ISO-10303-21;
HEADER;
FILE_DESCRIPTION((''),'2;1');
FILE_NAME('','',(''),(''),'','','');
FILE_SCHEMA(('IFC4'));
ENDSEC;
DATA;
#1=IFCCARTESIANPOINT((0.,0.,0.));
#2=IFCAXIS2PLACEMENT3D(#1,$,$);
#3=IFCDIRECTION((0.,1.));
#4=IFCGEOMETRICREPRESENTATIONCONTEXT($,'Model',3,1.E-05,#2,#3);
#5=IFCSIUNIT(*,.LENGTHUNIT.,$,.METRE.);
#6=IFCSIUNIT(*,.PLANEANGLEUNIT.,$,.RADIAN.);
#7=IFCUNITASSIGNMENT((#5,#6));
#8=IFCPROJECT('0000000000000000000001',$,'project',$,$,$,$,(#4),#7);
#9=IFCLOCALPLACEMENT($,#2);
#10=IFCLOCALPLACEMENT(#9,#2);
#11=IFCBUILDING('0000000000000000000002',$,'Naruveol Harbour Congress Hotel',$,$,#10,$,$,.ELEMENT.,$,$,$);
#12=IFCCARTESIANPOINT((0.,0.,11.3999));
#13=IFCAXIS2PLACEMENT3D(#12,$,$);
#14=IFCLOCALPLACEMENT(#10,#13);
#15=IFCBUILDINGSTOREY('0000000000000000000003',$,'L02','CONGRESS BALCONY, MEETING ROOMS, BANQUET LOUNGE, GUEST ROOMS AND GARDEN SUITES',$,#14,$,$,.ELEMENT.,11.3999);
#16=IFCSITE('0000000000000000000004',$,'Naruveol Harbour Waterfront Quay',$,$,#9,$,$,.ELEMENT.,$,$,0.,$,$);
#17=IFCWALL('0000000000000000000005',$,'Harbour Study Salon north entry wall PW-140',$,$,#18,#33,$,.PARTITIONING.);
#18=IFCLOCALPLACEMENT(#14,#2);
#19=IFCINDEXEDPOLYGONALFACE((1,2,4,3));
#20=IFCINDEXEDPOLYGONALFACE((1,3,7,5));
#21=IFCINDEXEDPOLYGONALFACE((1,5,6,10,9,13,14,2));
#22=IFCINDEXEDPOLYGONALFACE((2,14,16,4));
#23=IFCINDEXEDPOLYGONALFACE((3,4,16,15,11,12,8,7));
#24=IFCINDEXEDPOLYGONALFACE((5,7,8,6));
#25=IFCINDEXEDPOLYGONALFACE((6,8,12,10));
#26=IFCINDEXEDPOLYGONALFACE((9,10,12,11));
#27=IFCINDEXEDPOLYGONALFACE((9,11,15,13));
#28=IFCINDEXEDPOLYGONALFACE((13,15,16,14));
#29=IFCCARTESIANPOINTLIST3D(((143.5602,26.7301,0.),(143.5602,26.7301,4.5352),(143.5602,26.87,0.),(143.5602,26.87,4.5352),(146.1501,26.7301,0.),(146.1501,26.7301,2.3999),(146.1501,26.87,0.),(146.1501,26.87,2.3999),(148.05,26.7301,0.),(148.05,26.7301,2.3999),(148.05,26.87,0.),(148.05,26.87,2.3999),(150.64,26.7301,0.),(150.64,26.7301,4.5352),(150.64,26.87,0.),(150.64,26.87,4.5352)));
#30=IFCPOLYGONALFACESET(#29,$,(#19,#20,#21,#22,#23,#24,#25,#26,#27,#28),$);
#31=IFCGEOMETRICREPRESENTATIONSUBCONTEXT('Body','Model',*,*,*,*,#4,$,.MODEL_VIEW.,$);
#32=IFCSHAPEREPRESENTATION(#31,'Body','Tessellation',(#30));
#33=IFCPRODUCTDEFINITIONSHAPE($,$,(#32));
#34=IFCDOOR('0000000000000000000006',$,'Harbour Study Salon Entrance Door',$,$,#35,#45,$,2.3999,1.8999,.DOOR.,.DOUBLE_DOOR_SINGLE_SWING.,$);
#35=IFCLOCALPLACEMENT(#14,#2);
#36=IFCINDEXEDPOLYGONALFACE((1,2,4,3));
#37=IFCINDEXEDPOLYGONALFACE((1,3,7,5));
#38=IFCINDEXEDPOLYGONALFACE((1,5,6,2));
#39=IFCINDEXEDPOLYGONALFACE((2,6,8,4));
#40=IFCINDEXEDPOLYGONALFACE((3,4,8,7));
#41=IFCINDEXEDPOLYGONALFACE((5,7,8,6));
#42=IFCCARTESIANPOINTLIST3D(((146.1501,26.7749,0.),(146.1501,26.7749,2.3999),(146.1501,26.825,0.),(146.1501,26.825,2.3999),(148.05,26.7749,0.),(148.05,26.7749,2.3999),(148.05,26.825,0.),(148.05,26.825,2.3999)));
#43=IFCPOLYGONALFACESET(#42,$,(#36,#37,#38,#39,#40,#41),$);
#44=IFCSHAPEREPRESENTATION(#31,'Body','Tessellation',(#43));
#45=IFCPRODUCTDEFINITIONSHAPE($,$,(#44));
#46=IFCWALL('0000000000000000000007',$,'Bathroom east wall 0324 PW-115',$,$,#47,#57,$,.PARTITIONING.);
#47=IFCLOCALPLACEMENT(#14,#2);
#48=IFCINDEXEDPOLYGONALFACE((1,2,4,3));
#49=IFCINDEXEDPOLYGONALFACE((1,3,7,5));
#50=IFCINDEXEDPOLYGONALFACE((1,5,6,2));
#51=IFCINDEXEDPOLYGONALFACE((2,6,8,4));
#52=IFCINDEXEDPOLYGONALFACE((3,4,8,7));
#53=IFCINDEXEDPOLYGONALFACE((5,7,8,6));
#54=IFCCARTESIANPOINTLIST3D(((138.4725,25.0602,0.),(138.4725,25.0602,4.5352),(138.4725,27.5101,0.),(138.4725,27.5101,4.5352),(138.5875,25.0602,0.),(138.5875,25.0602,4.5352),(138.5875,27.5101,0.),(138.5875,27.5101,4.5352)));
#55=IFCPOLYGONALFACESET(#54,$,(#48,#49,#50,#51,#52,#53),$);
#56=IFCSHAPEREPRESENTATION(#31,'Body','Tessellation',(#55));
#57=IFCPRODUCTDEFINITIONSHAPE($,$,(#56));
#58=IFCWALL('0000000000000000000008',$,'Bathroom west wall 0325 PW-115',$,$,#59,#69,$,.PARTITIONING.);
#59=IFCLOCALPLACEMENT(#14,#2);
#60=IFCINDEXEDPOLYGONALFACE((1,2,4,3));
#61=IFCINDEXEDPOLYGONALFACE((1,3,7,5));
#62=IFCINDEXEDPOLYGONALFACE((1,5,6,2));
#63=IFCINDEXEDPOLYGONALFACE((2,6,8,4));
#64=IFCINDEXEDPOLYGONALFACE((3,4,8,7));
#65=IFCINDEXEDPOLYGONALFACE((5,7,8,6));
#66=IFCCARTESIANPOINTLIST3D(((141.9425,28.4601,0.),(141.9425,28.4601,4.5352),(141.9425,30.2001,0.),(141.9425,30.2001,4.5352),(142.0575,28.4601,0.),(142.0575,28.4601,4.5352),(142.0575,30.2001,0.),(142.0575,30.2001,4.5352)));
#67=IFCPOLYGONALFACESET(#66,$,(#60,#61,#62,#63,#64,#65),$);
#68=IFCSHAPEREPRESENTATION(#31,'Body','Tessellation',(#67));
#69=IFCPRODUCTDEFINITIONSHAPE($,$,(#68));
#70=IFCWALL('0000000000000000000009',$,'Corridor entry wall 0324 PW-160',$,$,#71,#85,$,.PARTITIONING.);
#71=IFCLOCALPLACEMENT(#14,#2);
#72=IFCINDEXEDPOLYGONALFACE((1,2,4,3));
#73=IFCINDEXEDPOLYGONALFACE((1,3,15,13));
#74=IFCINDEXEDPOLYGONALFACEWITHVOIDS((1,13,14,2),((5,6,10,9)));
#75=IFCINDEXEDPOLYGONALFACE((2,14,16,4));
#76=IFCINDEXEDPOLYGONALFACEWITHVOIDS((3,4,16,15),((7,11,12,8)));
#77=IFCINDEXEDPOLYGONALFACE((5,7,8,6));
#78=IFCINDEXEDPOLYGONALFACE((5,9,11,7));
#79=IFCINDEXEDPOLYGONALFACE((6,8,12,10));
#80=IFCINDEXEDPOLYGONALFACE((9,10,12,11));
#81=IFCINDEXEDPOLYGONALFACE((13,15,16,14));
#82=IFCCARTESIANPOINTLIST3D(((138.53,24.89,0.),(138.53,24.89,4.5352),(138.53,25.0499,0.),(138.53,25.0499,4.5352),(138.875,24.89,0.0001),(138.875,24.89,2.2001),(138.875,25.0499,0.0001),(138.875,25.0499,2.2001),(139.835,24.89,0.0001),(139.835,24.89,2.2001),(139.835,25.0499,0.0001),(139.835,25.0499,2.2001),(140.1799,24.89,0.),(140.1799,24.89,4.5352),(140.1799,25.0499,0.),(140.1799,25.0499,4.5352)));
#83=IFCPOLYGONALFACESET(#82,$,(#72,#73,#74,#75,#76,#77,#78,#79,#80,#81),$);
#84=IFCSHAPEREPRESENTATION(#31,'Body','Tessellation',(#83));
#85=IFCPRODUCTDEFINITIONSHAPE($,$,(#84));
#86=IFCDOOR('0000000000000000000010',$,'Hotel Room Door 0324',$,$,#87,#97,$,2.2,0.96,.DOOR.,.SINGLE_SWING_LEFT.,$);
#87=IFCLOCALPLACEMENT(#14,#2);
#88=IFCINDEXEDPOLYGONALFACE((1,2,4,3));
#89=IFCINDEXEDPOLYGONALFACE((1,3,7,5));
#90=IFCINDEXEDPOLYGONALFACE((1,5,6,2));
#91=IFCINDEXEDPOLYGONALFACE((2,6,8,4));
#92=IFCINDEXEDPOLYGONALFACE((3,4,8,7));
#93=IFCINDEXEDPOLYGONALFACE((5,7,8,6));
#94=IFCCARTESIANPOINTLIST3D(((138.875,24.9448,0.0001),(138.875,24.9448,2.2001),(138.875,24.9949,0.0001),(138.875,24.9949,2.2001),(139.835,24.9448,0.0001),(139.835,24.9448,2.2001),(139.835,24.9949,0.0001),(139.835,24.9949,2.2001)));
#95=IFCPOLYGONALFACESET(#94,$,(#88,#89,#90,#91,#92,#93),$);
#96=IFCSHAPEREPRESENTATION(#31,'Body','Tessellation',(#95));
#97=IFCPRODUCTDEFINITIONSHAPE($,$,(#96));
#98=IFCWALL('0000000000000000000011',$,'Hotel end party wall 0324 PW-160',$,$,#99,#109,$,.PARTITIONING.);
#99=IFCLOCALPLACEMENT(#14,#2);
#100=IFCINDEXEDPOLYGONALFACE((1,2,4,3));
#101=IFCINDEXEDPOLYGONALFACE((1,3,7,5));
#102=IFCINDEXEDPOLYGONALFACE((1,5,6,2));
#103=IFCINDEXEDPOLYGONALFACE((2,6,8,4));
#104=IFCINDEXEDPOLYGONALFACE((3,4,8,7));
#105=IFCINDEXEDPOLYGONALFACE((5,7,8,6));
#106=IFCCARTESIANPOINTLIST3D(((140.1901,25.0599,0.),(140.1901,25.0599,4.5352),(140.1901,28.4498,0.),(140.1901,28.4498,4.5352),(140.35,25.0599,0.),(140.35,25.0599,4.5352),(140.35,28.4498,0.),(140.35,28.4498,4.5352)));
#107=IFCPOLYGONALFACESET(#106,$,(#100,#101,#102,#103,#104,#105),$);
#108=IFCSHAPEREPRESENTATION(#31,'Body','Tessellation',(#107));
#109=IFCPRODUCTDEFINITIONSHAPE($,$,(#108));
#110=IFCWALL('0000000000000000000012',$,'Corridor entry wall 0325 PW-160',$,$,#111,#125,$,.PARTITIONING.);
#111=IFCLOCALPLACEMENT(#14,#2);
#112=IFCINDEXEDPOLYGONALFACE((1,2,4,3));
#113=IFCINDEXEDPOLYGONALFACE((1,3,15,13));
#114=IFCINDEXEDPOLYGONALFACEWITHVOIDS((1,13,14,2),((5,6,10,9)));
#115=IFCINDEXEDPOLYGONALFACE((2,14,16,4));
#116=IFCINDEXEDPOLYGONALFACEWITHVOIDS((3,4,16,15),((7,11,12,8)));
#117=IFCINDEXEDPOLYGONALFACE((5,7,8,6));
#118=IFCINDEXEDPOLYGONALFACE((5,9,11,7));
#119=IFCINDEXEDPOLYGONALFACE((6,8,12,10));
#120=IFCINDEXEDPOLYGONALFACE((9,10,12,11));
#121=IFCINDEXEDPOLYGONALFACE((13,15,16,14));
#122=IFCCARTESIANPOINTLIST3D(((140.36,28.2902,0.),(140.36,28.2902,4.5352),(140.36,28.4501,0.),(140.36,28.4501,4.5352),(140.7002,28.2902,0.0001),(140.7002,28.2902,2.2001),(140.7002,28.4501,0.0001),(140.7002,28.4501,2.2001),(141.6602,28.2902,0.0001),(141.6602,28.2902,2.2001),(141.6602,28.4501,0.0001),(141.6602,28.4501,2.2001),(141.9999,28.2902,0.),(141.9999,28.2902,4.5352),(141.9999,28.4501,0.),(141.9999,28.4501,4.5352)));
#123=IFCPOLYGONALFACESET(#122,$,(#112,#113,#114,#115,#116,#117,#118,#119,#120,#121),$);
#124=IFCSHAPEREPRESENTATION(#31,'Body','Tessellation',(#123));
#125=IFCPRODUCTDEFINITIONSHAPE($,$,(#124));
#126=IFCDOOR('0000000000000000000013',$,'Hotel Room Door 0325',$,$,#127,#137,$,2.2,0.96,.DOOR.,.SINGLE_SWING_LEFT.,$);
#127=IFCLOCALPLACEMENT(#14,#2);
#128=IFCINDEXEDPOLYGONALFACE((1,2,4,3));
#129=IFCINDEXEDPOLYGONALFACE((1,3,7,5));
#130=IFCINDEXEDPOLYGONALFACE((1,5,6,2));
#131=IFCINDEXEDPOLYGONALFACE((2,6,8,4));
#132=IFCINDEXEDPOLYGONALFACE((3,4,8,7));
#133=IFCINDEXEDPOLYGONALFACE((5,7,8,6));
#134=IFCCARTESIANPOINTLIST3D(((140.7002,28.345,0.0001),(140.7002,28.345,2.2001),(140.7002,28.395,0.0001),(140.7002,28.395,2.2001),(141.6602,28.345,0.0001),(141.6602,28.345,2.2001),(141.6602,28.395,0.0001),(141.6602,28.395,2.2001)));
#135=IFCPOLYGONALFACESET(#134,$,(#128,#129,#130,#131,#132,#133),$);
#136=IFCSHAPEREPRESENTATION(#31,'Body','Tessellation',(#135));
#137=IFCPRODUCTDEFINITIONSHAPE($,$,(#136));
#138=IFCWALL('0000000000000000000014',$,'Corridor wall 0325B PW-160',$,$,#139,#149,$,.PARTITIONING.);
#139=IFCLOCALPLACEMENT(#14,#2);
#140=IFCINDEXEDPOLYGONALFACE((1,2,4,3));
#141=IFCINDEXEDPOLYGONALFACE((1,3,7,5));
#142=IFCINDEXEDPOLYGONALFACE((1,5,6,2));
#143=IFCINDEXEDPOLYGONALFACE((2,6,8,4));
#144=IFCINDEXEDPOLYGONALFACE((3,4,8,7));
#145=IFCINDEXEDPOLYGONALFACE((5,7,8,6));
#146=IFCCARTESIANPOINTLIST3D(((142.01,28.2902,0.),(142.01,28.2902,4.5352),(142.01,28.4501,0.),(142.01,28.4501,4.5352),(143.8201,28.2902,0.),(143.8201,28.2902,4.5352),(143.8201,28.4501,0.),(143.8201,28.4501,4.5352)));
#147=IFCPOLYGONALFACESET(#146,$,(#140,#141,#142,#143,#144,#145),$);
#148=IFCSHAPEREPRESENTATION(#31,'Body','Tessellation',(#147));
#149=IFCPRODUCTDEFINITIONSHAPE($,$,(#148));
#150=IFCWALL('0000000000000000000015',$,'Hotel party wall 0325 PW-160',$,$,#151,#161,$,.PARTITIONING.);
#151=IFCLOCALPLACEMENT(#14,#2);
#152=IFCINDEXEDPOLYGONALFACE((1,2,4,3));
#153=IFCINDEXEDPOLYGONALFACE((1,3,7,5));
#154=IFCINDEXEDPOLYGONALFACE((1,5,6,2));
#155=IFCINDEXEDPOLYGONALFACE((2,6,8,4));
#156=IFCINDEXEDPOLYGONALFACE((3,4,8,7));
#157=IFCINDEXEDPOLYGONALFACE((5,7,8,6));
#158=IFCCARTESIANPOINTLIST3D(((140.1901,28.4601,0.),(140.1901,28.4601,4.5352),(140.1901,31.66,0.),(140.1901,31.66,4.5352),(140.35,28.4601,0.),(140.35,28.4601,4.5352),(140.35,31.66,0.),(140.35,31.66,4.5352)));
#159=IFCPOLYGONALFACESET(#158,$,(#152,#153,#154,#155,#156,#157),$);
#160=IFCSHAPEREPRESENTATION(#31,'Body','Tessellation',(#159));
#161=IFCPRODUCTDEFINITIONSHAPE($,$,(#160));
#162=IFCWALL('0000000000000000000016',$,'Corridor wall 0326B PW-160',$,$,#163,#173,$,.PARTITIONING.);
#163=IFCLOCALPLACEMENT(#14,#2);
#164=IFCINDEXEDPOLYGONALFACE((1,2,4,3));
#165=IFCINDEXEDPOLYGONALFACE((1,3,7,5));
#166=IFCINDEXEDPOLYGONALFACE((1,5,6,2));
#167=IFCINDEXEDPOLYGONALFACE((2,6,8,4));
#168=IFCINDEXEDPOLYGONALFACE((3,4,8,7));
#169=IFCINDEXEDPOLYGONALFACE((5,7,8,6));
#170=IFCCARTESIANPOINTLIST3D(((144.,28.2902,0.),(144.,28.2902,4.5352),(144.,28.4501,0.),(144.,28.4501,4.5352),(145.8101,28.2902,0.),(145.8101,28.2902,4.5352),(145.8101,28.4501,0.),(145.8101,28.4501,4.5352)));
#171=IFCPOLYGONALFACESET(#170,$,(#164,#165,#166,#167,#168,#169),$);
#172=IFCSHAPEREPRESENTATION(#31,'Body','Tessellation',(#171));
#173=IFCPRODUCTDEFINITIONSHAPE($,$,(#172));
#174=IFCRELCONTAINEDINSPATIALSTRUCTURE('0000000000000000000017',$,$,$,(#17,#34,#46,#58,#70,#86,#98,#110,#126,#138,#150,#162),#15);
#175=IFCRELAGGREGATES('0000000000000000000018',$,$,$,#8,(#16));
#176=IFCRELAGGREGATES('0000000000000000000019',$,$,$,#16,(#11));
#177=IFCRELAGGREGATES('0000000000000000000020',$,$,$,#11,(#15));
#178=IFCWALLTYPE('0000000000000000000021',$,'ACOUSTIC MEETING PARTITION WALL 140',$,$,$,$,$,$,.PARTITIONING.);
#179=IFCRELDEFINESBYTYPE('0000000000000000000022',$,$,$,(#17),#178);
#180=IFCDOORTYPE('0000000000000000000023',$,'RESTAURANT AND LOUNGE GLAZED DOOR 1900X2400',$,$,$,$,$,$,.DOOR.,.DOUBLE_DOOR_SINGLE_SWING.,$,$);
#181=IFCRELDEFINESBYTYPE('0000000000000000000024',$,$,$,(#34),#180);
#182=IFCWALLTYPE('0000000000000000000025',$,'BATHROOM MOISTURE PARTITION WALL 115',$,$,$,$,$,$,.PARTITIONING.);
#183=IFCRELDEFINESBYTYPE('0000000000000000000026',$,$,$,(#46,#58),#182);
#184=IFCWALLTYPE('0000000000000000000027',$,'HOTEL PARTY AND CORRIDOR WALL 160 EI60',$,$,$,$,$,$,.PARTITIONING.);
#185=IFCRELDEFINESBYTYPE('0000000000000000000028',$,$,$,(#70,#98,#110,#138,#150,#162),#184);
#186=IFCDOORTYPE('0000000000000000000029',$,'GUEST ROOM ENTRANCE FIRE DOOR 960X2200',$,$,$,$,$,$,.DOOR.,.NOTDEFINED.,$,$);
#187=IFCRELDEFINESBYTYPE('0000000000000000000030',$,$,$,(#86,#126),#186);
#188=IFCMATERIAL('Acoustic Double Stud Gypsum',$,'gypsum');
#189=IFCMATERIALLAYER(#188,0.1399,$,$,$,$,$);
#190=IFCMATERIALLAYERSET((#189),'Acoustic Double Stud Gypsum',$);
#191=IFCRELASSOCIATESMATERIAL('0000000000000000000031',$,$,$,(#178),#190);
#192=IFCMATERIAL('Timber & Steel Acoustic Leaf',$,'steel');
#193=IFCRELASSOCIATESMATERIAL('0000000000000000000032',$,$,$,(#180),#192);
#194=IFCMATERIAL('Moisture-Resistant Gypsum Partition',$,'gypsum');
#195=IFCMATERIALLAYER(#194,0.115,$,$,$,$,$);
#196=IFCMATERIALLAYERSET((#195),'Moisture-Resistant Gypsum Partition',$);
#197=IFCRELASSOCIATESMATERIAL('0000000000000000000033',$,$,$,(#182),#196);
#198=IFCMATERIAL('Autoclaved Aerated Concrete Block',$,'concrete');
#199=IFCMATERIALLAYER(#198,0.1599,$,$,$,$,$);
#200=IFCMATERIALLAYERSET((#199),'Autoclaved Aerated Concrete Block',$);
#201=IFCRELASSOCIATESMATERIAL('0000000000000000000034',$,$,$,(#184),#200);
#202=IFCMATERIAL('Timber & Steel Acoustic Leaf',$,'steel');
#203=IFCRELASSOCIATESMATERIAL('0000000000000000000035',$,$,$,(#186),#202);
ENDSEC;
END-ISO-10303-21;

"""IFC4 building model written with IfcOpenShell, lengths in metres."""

from ifc_helpers import new_model, si_unit, direction, frame, frame_2d, origin, place, context, subcontext, project, spatial, rectangle, extrude, material, layer, layer_set, type_object, element, fill, save


model = new_model("IFC4")

# Units and contexts
model_context = context("Model", 3, precision=1e-05, world=origin(), true_north=direction((0.0, 1.0)))
body_context = subcontext(model_context, "Body", "Model", "MODEL_VIEW")
ifc_project = project(units=[si_unit("LENGTHUNIT", "METRE"), si_unit("PLANEANGLEUNIT", "RADIAN")], contexts=[model_context])

# Site, building, storey
site_placement = place(None, origin())
site = spatial("IfcSite", under=ifc_project, at=site_placement, Name="Naruveol Harbour Waterfront Quay", CompositionType="ELEMENT", RefElevation=0.0)
building_placement = place(site_placement, origin())
building = spatial("IfcBuilding", under=site, at=building_placement, Name="Naruveol Harbour Congress Hotel", CompositionType="ELEMENT")
storey_placement = place(building_placement, frame((0.0, 0.0, 11.3999)))
storey = spatial("IfcBuildingStorey", under=building, at=storey_placement, Name="L02", Description="CONGRESS BALCONY, MEETING ROOMS, BANQUET LOUNGE, GUEST ROOMS AND GARDEN SUITES", CompositionType="ELEMENT", Elevation=11.3999)

# Wall, opening, door
ifc_material_1 = material(Name="Acoustic Double Stud Gypsum", Category="gypsum")
ifc_layer_1 = layer(ifc_material_1, 0.1399)
ifc_layer_set_1 = layer_set([ifc_layer_1], Name="Acoustic Double Stud Gypsum")
wall_type_1 = type_object("IfcWallType", Name="ACOUSTIC MEETING PARTITION WALL 140", PredefinedType="PARTITIONING", material=ifc_layer_set_1)
wall_1_placement = place(storey_placement, frame((143.5601, 26.8, 0.0), z_axis=(0.0, 0.0, 1.0), x_axis=(1.0, 0.0, 0.0)))
wall_1 = element("IfcWall", 1, at=wall_1_placement, inside=storey, type_object=wall_type_1, Name="Harbour Study Salon north entry wall PW-140", PredefinedType="PARTITIONING", context=body_context, shape_type="SweptSolid", body=[
    extrude(rectangle(XDim=7.0798, YDim=0.1399, at=frame_2d((3.54, 0.0))), origin(), (0.0, 0.0, 1.0), 4.5352),
])
opening_1_placement = place(wall_1_placement, frame((2.5901, 0.0, 0.0)))
opening_1 = element("IfcOpeningElement", 2, at=opening_1_placement, cuts=wall_1, PredefinedType="OPENING", context=body_context, shape_type="SweptSolid", body=[
    extrude(rectangle(XDim=1.8999, YDim=2.3999, at=frame_2d((0.95, 1.2))), frame((0.0, 0.0798, 0.0), z_axis=(0.0, -1.0, 0.0), x_axis=(1.0, 0.0, 0.0)), (0.0, 0.0, 1.0), 0.1599),
])
ifc_material_2 = material(Name="Timber & Steel Acoustic Leaf", Category="steel")
door_type_1 = type_object("IfcDoorType", Name="RESTAURANT AND LOUNGE GLAZED DOOR 1900X2400", OperationType="DOUBLE_DOOR_SINGLE_SWING", PredefinedType="DOOR", material=ifc_material_2)
door_1_placement = place(opening_1_placement, origin())
door_1 = element("IfcDoor", 3, at=door_1_placement, inside=storey, type_object=door_type_1, Name="Harbour Study Salon Entrance Door", OperationType="DOUBLE_DOOR_SINGLE_SWING", OverallHeight=2.3999, OverallWidth=1.8999, PredefinedType="DOOR", context=body_context, shape_type="SweptSolid", body=[
    extrude(rectangle(XDim=1.8999, YDim=2.3999, at=frame_2d((0.95, 1.2))), frame((0.0, 0.0249, 0.0), z_axis=(0.0, -1.0, 0.0), x_axis=(1.0, 0.0, 0.0)), (0.0, 0.0, 1.0), 0.05),
])
fill(opening_1, door_1)

# Wall
ifc_material_3 = material(Name="Moisture-Resistant Gypsum Partition", Category="gypsum")
ifc_layer_2 = layer(ifc_material_3, 0.115)
ifc_layer_set_2 = layer_set([ifc_layer_2], Name="Moisture-Resistant Gypsum Partition")
wall_type_2 = type_object("IfcWallType", Name="BATHROOM MOISTURE PARTITION WALL 115", PredefinedType="PARTITIONING", material=ifc_layer_set_2)
wall_2_placement = place(storey_placement, frame((138.53, 25.0601, 0.0), z_axis=(0.0, 0.0, 1.0), x_axis=(0.0, 1.0, 0.0)))
element("IfcWall", 4, at=wall_2_placement, inside=storey, type_object=wall_type_2, Name="Bathroom east wall 0324 PW-115", PredefinedType="PARTITIONING", context=body_context, shape_type="SweptSolid", body=[
    extrude(rectangle(XDim=2.45, YDim=0.115, at=frame_2d((1.2251, 0.0))), origin(), (0.0, 0.0, 1.0), 4.5352),
])

# Wall
wall_3_placement = place(storey_placement, frame((142.0, 28.46, 0.0), z_axis=(0.0, 0.0, 1.0), x_axis=(0.0, 1.0, 0.0)))
element("IfcWall", 5, at=wall_3_placement, inside=storey, type_object=wall_type_2, Name="Bathroom west wall 0325 PW-115", PredefinedType="PARTITIONING", context=body_context, shape_type="SweptSolid", body=[
    extrude(rectangle(XDim=1.74, YDim=0.115, at=frame_2d((0.8701, 0.0))), origin(), (0.0, 0.0, 1.0), 4.5352),
])

# Wall, opening, door
ifc_material_4 = material(Name="Autoclaved Aerated Concrete Block", Category="concrete")
ifc_layer_3 = layer(ifc_material_4, 0.1599)
ifc_layer_set_3 = layer_set([ifc_layer_3], Name="Autoclaved Aerated Concrete Block")
wall_type_3 = type_object("IfcWallType", Name="HOTEL PARTY AND CORRIDOR WALL 160 EI60", PredefinedType="PARTITIONING", material=ifc_layer_set_3)
wall_4_placement = place(storey_placement, frame((138.53, 24.97, 0.0), z_axis=(0.0, 0.0, 1.0), x_axis=(1.0, 0.0, 0.0)))
wall_4 = element("IfcWall", 6, at=wall_4_placement, inside=storey, type_object=wall_type_3, Name="Corridor entry wall 0324 PW-160", PredefinedType="PARTITIONING", context=body_context, shape_type="SweptSolid", body=[
    extrude(rectangle(XDim=1.6499, YDim=0.1599, at=frame_2d((0.825, 0.0))), origin(), (0.0, 0.0, 1.0), 4.5352),
])
opening_2_placement = place(wall_4_placement, frame((0.345, 0.0, 0.0)))
opening_2 = element("IfcOpeningElement", 7, at=opening_2_placement, cuts=wall_4, PredefinedType="OPENING", context=body_context, shape_type="SweptSolid", body=[
    extrude(rectangle(XDim=0.96, YDim=2.2, at=frame_2d((0.48, 1.1001))), frame((0.0, 0.0898, 0.0), z_axis=(0.0, -1.0, 0.0), x_axis=(1.0, 0.0, 0.0)), (0.0, 0.0, 1.0), 0.1799),
])
ifc_material_5 = material(Name="Timber & Steel Acoustic Leaf", Category="steel")
door_type_2 = type_object("IfcDoorType", Name="GUEST ROOM ENTRANCE FIRE DOOR 960X2200", OperationType="NOTDEFINED", PredefinedType="DOOR", material=ifc_material_5)
door_2_placement = place(opening_2_placement, origin())
door_2 = element("IfcDoor", 8, at=door_2_placement, inside=storey, type_object=door_type_2, Name="Hotel Room Door 0324", OperationType="SINGLE_SWING_LEFT", OverallHeight=2.2, OverallWidth=0.96, PredefinedType="DOOR", context=body_context, shape_type="SweptSolid", body=[
    extrude(rectangle(XDim=0.96, YDim=2.2, at=frame_2d((0.48, 1.1001))), frame((0.0, 0.0249, 0.0), z_axis=(0.0, -1.0, 0.0), x_axis=(1.0, 0.0, 0.0)), (0.0, 0.0, 1.0), 0.05),
])
fill(opening_2, door_2)

# Wall
wall_5_placement = place(storey_placement, frame((140.27, 25.0601, 0.0), z_axis=(0.0, 0.0, 1.0), x_axis=(0.0, 1.0, 0.0)))
element("IfcWall", 9, at=wall_5_placement, inside=storey, type_object=wall_type_3, Name="Hotel end party wall 0324 PW-160", PredefinedType="PARTITIONING", context=body_context, shape_type="SweptSolid", body=[
    extrude(rectangle(XDim=3.3899, YDim=0.1599, at=frame_2d((1.6948, 0.0))), origin(), (0.0, 0.0, 1.0), 4.5352),
])

# Wall, opening, door
wall_6_placement = place(storey_placement, frame((140.3601, 28.3701, 0.0), z_axis=(0.0, 0.0, 1.0), x_axis=(1.0, 0.0, 0.0)))
wall_6 = element("IfcWall", 10, at=wall_6_placement, inside=storey, type_object=wall_type_3, Name="Corridor entry wall 0325 PW-160", PredefinedType="PARTITIONING", context=body_context, shape_type="SweptSolid", body=[
    extrude(rectangle(XDim=1.6399, YDim=0.1599, at=frame_2d((0.8198, 0.0))), origin(), (0.0, 0.0, 1.0), 4.5352),
])
opening_3_placement = place(wall_6_placement, frame((0.3401, 0.0, 0.0)))
opening_3 = element("IfcOpeningElement", 11, at=opening_3_placement, cuts=wall_6, PredefinedType="OPENING", context=body_context, shape_type="SweptSolid", body=[
    extrude(rectangle(XDim=0.96, YDim=2.2, at=frame_2d((0.48, 1.1001))), frame((0.0, 0.0898, 0.0), z_axis=(0.0, -1.0, 0.0), x_axis=(1.0, 0.0, 0.0)), (0.0, 0.0, 1.0), 0.1799),
])
door_3_placement = place(opening_3_placement, origin())
door_3 = element("IfcDoor", 12, at=door_3_placement, inside=storey, type_object=door_type_2, Name="Hotel Room Door 0325", OperationType="SINGLE_SWING_LEFT", OverallHeight=2.2, OverallWidth=0.96, PredefinedType="DOOR", context=body_context, shape_type="SweptSolid", body=[
    extrude(rectangle(XDim=0.96, YDim=2.2, at=frame_2d((0.48, 1.1001))), frame((0.0, 0.0249, 0.0), z_axis=(0.0, -1.0, 0.0), x_axis=(1.0, 0.0, 0.0)), (0.0, 0.0, 1.0), 0.05),
])
fill(opening_3, door_3)

# Walls
wall_7_placement = place(storey_placement, frame((142.01, 28.3701, 0.0), z_axis=(0.0, 0.0, 1.0), x_axis=(1.0, 0.0, 0.0)))
element("IfcWall", 13, at=wall_7_placement, inside=storey, type_object=wall_type_3, Name="Corridor wall 0325B PW-160", PredefinedType="PARTITIONING", context=body_context, shape_type="SweptSolid", body=[
    extrude(rectangle(XDim=1.8101, YDim=0.1599, at=frame_2d((0.905, 0.0))), origin(), (0.0, 0.0, 1.0), 4.5352),
])
wall_8_placement = place(storey_placement, frame((140.27, 28.46, 0.0), z_axis=(0.0, 0.0, 1.0), x_axis=(0.0, 1.0, 0.0)))
element("IfcWall", 14, at=wall_8_placement, inside=storey, type_object=wall_type_3, Name="Hotel party wall 0325 PW-160", PredefinedType="PARTITIONING", context=body_context, shape_type="SweptSolid", body=[
    extrude(rectangle(XDim=3.2, YDim=0.1599, at=frame_2d((1.6001, 0.0))), origin(), (0.0, 0.0, 1.0), 4.5352),
])
wall_9_placement = place(storey_placement, frame((144.0, 28.3701, 0.0), z_axis=(0.0, 0.0, 1.0), x_axis=(1.0, 0.0, 0.0)))
element("IfcWall", 15, at=wall_9_placement, inside=storey, type_object=wall_type_3, Name="Corridor wall 0326B PW-160", PredefinedType="PARTITIONING", context=body_context, shape_type="SweptSolid", body=[
    extrude(rectangle(XDim=1.8101, YDim=0.1599, at=frame_2d((0.905, 0.0))), origin(), (0.0, 0.0, 1.0), 4.5352),
])

save(model, "model.ifc")
